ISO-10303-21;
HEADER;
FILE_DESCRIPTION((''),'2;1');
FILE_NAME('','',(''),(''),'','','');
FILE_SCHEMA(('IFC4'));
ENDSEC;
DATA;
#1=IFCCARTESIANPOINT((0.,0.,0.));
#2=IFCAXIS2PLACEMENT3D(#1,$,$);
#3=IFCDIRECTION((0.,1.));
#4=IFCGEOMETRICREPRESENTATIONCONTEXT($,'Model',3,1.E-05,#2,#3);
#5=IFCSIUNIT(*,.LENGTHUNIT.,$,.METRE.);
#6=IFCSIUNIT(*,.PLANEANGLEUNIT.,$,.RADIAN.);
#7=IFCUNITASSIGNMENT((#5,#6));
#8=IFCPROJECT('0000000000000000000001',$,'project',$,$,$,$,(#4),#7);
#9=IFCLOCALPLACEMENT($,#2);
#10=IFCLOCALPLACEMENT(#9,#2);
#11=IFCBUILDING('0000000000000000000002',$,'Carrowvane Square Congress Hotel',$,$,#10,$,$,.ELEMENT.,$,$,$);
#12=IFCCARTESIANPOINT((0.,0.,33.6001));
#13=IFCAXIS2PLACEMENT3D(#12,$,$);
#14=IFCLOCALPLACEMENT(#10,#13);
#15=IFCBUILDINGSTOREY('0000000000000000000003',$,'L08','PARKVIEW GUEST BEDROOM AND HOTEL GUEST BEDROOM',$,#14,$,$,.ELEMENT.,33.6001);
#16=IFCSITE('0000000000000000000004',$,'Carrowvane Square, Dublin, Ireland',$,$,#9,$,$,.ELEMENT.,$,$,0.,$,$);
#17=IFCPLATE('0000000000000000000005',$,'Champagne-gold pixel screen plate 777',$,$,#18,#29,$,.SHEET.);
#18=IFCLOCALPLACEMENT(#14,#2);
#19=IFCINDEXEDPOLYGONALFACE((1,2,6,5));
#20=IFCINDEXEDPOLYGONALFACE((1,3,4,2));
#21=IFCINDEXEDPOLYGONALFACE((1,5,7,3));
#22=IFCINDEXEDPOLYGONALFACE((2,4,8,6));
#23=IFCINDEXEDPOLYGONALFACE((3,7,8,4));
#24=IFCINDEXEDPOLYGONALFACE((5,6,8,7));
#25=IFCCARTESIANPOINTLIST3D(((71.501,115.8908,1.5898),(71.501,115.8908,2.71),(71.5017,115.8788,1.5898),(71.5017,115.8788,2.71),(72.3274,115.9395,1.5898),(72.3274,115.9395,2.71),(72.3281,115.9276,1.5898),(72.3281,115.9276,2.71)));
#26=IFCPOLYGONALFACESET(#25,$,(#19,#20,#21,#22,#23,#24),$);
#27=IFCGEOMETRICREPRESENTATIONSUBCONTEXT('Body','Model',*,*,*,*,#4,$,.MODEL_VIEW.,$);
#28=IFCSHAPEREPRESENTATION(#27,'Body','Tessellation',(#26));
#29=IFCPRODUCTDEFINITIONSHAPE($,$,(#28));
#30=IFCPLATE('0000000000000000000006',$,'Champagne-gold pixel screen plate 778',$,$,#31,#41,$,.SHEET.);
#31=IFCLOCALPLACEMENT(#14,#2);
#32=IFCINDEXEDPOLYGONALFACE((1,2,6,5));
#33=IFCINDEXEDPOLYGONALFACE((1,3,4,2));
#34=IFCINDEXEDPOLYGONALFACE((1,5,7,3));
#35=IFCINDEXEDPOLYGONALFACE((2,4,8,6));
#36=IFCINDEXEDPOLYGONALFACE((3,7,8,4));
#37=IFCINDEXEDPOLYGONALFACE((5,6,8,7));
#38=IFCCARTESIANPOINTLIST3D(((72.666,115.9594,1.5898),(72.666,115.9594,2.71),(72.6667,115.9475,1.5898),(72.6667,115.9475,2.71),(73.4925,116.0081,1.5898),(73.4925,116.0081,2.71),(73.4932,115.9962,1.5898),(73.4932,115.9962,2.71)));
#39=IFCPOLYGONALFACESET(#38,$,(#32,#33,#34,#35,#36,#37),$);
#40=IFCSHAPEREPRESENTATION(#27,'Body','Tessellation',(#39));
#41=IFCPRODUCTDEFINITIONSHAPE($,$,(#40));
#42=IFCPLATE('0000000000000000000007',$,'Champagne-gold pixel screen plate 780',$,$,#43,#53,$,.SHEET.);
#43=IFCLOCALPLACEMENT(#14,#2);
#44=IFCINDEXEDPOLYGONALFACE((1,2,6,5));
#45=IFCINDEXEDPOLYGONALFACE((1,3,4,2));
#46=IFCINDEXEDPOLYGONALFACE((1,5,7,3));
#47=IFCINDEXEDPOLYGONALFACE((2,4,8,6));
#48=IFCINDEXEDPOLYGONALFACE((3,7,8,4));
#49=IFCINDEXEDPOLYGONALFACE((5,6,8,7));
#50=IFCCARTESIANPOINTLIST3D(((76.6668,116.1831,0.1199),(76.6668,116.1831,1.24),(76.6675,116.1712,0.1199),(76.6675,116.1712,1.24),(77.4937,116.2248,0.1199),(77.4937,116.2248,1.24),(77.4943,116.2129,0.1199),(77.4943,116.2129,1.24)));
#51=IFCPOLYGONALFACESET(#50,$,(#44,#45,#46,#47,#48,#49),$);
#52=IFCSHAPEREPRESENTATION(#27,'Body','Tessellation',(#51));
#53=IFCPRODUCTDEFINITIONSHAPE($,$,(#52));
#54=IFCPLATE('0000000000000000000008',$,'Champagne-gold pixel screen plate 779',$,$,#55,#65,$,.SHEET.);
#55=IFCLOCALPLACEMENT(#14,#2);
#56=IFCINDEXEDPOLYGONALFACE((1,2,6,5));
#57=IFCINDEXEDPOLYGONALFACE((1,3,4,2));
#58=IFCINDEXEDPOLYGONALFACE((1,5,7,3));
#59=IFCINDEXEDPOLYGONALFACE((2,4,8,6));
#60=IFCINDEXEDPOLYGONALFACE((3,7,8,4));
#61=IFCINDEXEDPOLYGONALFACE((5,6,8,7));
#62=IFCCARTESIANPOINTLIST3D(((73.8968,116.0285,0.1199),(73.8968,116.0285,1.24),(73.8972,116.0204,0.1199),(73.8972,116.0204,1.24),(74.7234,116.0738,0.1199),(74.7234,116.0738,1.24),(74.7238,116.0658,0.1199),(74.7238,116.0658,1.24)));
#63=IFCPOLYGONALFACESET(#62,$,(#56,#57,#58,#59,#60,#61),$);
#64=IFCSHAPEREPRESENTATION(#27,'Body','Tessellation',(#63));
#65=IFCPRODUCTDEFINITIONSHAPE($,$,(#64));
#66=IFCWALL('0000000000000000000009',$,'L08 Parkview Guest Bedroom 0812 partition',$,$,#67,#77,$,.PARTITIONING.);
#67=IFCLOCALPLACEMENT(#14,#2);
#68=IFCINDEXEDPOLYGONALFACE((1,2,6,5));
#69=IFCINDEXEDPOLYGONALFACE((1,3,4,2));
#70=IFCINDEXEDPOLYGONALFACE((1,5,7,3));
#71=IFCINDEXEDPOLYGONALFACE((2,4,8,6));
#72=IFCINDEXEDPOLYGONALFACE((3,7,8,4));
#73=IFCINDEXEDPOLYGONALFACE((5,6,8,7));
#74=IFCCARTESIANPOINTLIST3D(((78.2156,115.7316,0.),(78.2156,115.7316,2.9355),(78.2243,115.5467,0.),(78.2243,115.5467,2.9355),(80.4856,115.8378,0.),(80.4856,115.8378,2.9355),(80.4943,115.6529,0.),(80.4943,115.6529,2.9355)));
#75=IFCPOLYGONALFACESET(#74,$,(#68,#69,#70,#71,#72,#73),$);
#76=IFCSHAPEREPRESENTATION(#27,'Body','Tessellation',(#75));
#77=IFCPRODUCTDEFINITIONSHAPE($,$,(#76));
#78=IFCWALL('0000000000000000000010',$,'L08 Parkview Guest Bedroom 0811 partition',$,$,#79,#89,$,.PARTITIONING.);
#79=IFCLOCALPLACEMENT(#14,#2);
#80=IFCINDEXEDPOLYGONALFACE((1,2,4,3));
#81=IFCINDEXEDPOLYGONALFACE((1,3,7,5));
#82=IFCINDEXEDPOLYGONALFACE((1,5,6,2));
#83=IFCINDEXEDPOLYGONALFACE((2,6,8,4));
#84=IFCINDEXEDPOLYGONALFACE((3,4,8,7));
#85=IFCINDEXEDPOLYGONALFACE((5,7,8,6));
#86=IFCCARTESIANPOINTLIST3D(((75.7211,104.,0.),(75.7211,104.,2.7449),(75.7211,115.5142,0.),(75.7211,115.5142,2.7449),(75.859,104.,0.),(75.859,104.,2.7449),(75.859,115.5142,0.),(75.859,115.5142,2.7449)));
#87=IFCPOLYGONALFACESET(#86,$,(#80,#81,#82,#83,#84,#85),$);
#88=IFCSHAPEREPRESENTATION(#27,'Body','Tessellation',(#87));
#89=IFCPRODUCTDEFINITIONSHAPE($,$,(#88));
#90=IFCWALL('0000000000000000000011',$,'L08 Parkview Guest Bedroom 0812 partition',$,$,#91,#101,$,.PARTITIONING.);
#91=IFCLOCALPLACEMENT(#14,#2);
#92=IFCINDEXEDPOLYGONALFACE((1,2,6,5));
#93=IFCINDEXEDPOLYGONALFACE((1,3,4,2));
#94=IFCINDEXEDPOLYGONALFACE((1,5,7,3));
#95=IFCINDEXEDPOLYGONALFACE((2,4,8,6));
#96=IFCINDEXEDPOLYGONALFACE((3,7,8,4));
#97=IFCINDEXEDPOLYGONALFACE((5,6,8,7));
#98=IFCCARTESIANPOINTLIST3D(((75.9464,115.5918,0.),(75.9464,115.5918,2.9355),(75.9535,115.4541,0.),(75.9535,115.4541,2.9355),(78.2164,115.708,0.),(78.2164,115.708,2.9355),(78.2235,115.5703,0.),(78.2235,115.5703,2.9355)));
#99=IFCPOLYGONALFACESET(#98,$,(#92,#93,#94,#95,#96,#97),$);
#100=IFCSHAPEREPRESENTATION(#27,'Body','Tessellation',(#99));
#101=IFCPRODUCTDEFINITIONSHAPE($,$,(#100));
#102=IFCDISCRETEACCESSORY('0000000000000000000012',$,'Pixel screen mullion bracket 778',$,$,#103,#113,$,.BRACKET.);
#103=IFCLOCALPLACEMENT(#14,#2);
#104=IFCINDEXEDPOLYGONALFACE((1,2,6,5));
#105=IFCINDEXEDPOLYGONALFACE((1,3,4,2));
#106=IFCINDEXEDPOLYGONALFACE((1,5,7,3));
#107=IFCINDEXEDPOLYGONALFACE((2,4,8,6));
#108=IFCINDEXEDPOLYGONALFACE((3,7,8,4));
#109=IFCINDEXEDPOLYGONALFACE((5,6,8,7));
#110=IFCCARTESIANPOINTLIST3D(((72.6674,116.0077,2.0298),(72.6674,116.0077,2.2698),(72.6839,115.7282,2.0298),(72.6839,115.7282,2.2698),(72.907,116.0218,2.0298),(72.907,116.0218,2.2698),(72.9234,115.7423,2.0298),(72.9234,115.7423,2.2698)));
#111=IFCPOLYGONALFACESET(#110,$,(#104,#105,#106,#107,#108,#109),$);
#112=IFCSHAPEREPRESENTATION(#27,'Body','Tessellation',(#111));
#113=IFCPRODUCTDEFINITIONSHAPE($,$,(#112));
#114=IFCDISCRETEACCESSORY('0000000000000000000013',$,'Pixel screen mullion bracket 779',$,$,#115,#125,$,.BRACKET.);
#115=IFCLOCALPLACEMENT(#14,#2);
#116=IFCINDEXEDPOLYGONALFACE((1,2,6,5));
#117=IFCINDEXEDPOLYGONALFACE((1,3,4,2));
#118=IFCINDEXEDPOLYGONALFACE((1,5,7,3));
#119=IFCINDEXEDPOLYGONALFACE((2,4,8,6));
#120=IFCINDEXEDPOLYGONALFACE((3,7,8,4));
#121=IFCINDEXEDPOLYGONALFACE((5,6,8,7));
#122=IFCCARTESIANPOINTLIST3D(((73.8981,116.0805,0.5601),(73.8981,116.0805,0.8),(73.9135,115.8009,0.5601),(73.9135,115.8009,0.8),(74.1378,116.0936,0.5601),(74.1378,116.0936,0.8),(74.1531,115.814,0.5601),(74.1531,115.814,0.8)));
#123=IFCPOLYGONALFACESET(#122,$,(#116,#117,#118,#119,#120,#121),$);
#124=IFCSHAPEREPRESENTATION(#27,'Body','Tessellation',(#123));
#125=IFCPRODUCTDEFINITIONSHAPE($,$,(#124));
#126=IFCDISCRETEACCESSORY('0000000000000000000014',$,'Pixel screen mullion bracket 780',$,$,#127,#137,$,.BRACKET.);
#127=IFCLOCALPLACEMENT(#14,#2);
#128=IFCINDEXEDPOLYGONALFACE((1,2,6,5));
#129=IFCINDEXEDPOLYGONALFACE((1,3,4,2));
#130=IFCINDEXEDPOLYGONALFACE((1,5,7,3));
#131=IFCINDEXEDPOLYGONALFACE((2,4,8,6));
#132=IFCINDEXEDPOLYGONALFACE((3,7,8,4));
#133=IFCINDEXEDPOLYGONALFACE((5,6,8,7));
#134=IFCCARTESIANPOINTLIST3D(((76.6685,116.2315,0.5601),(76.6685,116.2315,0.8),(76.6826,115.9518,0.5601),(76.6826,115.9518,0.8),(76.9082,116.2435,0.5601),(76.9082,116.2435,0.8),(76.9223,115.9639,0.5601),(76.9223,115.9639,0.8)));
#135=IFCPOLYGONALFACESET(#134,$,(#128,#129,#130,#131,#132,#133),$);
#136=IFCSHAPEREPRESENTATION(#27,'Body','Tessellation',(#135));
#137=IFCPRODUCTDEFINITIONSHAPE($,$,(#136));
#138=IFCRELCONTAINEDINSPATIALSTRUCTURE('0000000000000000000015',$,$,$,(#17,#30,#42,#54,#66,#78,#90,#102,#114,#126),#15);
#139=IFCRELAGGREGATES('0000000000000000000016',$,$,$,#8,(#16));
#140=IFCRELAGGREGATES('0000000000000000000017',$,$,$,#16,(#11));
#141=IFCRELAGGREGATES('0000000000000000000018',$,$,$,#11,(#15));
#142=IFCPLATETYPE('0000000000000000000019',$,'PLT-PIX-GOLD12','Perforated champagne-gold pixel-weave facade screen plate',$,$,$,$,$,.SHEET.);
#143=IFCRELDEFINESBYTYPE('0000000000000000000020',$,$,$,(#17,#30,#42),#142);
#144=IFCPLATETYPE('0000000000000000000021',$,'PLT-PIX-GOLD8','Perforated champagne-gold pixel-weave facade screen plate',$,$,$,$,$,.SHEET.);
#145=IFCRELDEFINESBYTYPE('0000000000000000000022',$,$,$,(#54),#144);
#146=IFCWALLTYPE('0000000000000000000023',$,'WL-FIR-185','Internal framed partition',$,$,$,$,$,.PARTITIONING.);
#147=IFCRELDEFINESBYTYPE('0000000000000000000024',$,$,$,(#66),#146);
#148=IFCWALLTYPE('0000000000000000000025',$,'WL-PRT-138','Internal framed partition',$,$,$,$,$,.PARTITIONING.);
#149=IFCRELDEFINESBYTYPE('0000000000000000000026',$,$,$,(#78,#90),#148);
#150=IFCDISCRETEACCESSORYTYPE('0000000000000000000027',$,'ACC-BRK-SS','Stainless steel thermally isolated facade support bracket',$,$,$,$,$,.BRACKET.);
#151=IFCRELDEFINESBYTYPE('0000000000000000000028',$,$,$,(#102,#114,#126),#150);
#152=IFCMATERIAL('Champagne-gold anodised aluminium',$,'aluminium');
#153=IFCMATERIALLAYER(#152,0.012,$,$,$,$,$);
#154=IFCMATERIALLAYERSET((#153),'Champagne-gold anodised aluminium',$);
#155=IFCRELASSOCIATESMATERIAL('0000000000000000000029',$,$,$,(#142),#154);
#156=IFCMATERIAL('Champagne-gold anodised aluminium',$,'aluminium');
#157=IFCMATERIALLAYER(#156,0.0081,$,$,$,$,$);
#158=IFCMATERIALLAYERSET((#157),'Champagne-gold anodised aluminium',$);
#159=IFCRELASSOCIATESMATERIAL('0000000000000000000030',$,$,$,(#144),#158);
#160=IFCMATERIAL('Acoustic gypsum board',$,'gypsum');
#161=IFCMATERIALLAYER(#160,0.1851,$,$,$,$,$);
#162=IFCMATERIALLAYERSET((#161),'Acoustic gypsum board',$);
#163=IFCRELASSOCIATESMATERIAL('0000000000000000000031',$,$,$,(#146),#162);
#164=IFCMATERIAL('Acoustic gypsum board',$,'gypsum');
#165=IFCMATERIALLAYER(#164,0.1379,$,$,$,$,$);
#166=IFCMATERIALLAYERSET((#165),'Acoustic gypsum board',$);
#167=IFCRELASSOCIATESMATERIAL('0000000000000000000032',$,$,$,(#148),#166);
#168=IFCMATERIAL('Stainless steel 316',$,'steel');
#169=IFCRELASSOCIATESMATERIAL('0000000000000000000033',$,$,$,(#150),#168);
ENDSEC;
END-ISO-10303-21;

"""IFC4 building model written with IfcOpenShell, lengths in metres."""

from ifc_helpers import new_model, si_unit, direction, frame, frame_2d, origin, origin_2d, place, context, subcontext, project, spatial, rectangle, extrude, material, layer, layer_set, type_object, element, save


model = new_model("IFC4")

# Units and contexts
model_context = context("Model", 3, precision=1e-05, world=origin(), true_north=direction((0.0, 1.0)))
body_context = subcontext(model_context, "Body", "Model", "MODEL_VIEW")
ifc_project = project(units=[si_unit("LENGTHUNIT", "METRE"), si_unit("PLANEANGLEUNIT", "RADIAN")], contexts=[model_context])

# Site, building, storey
site_placement = place(None, origin())
site = spatial("IfcSite", under=ifc_project, at=site_placement, Name="Carrowvane Square, Dublin, Ireland", CompositionType="ELEMENT", RefElevation=0.0)
building_placement = place(site_placement, origin())
building = spatial("IfcBuilding", under=site, at=building_placement, Name="Carrowvane Square Congress Hotel", CompositionType="ELEMENT")
storey_placement = place(building_placement, frame((0.0, 0.0, 33.6001)))
storey = spatial("IfcBuildingStorey", under=building, at=storey_placement, Name="L08", Description="PARKVIEW GUEST BEDROOM AND HOTEL GUEST BEDROOM", CompositionType="ELEMENT", Elevation=33.6001)

# Plates
ifc_material_1 = material(Name="Champagne-gold anodised aluminium", Category="aluminium")
ifc_layer_1 = layer(ifc_material_1, 0.012)
ifc_layer_set_1 = layer_set([ifc_layer_1], Name="Champagne-gold anodised aluminium")
plate_type_1 = type_object("IfcPlateType", Name="PLT-PIX-GOLD12", Description="Perforated champagne-gold pixel-weave facade screen plate", PredefinedType="SHEET", material=ifc_layer_set_1)
for number, where, z_axis, x_axis, name in (
    (1, (71.9146, 115.9092, 1.5898), (0.0, 0.0, 1.0), (0.998267, 0.058852, 0.0), "Champagne-gold pixel screen plate 777"),
    (2, (73.0796, 115.9778, 1.5898), (0.0, 0.0, 1.0), (0.998267, 0.058852, 0.0), "Champagne-gold pixel screen plate 778"),
    (3, (77.0806, 116.198, 0.1199), (0.0, 0.0, 1.0), (0.998733, 0.050322, 0.0), "Champagne-gold pixel screen plate 780"),
):
    element("IfcPlate", number, at=place(storey_placement, frame(where, z_axis=z_axis, x_axis=x_axis)), inside=storey, type_object=plate_type_1, Name=name, PredefinedType="SHEET", context=body_context, shape_type="SweptSolid", body=[
        extrude(rectangle(XDim=0.8279, YDim=0.012, at=origin_2d()), origin(), (0.0, 0.0, 1.0), 1.1201),
    ])
ifc_material_2 = material(Name="Champagne-gold anodised aluminium", Category="aluminium")
ifc_layer_2 = layer(ifc_material_2, 0.0081)
ifc_layer_set_2 = layer_set([ifc_layer_2], Name="Champagne-gold anodised aluminium")
plate_type_2 = type_object("IfcPlateType", Name="PLT-PIX-GOLD8", Description="Perforated champagne-gold pixel-weave facade screen plate", PredefinedType="SHEET", material=ifc_layer_set_2)
plate_1_placement = place(storey_placement, frame((74.3103, 116.0471, 0.1199), z_axis=(0.0, 0.0, 1.0), x_axis=(0.998497, 0.054815, 0.0)))
element("IfcPlate", 4, at=plate_1_placement, inside=storey, type_object=plate_type_2, Name="Champagne-gold pixel screen plate 779", PredefinedType="SHEET", context=body_context, shape_type="SweptSolid", body=[
    extrude(rectangle(XDim=0.8279, YDim=0.0081, at=origin_2d()), origin(), (0.0, 0.0, 1.0), 1.1201),
])

# Walls
ifc_material_3 = material(Name="Acoustic gypsum board", Category="gypsum")
ifc_layer_3 = layer(ifc_material_3, 0.1851)
ifc_layer_set_3 = layer_set([ifc_layer_3], Name="Acoustic gypsum board")
wall_type_1 = type_object("IfcWallType", Name="WL-FIR-185", Description="Internal framed partition", PredefinedType="PARTITIONING", material=ifc_layer_set_3)
wall_1_placement = place(storey_placement, frame((78.22, 115.6392, 0.0), z_axis=(0.0, 0.0, 1.0), x_axis=(0.998907, 0.046733, 0.0)))
element("IfcWall", 5, at=wall_1_placement, inside=storey, type_object=wall_type_1, Name="L08 Parkview Guest Bedroom 0812 partition", PredefinedType="PARTITIONING", context=body_context, shape_type="SweptSolid", body=[
    extrude(rectangle(XDim=2.2725, YDim=0.1851, at=frame_2d((1.1362, 0.0))), origin(), (0.0, 0.0, 1.0), 2.9355),
])
ifc_material_4 = material(Name="Acoustic gypsum board", Category="gypsum")
ifc_layer_4 = layer(ifc_material_4, 0.1379)
ifc_layer_set_4 = layer_set([ifc_layer_4], Name="Acoustic gypsum board")
wall_type_2 = type_object("IfcWallType", Name="WL-PRT-138", Description="Internal framed partition", PredefinedType="PARTITIONING", material=ifc_layer_set_4)
wall_2_placement = place(storey_placement, frame((75.79, 115.5142, 0.0), z_axis=(0.0, 0.0, 1.0), x_axis=(0.0, -1.0, 0.0)))
element("IfcWall", 6, at=wall_2_placement, inside=storey, type_object=wall_type_2, Name="L08 Parkview Guest Bedroom 0811 partition", PredefinedType="PARTITIONING", context=body_context, shape_type="SweptSolid", body=[
    extrude(rectangle(XDim=11.5142, YDim=0.1379, at=frame_2d((5.7571, 0.0))), origin(), (0.0, 0.0, 1.0), 2.7449),
])
wall_3_placement = place(storey_placement, frame((75.95, 115.5229, 0.0), z_axis=(0.0, 0.0, 1.0), x_axis=(0.998692, 0.051127, 0.0)))
element("IfcWall", 7, at=wall_3_placement, inside=storey, type_object=wall_type_2, Name="L08 Parkview Guest Bedroom 0812 partition", PredefinedType="PARTITIONING", context=body_context, shape_type="SweptSolid", body=[
    extrude(rectangle(XDim=2.2729, YDim=0.1379, at=frame_2d((1.1365, 0.0))), origin(), (0.0, 0.0, 1.0), 2.9355),
])

# Discrete accessories
ifc_material_5 = material(Name="Stainless steel 316", Category="steel")
discrete_accessory_type = type_object("IfcDiscreteAccessoryType", Name="ACC-BRK-SS", Description="Stainless steel thermally isolated facade support bracket", PredefinedType="BRACKET", material=ifc_material_5)
for number, where, z_axis, x_axis, name in (
    (8, (72.7954, 115.875, 2.0298), (0.0, 0.0, 1.0), (0.998267, 0.058852, 0.0), "Pixel screen mullion bracket 778"),
    (9, (74.0256, 115.9473, 0.5601), (0.0, 0.0, 1.0), (0.998497, 0.054815, 0.0), "Pixel screen mullion bracket 779"),
    (10, (76.7954, 116.0977, 0.5601), (0.0, 0.0, 1.0), (0.998733, 0.050322, 0.0), "Pixel screen mullion bracket 780"),
):
    element("IfcDiscreteAccessory", number, at=place(storey_placement, frame(where, z_axis=z_axis, x_axis=x_axis)), inside=storey, type_object=discrete_accessory_type, Name=name, PredefinedType="BRACKET", context=body_context, shape_type="SweptSolid", body=[
        extrude(rectangle(XDim=0.24, YDim=0.28, at=origin_2d()), origin(), (0.0, 0.0, 1.0), 0.24),
    ])

save(model, "model.ifc")
